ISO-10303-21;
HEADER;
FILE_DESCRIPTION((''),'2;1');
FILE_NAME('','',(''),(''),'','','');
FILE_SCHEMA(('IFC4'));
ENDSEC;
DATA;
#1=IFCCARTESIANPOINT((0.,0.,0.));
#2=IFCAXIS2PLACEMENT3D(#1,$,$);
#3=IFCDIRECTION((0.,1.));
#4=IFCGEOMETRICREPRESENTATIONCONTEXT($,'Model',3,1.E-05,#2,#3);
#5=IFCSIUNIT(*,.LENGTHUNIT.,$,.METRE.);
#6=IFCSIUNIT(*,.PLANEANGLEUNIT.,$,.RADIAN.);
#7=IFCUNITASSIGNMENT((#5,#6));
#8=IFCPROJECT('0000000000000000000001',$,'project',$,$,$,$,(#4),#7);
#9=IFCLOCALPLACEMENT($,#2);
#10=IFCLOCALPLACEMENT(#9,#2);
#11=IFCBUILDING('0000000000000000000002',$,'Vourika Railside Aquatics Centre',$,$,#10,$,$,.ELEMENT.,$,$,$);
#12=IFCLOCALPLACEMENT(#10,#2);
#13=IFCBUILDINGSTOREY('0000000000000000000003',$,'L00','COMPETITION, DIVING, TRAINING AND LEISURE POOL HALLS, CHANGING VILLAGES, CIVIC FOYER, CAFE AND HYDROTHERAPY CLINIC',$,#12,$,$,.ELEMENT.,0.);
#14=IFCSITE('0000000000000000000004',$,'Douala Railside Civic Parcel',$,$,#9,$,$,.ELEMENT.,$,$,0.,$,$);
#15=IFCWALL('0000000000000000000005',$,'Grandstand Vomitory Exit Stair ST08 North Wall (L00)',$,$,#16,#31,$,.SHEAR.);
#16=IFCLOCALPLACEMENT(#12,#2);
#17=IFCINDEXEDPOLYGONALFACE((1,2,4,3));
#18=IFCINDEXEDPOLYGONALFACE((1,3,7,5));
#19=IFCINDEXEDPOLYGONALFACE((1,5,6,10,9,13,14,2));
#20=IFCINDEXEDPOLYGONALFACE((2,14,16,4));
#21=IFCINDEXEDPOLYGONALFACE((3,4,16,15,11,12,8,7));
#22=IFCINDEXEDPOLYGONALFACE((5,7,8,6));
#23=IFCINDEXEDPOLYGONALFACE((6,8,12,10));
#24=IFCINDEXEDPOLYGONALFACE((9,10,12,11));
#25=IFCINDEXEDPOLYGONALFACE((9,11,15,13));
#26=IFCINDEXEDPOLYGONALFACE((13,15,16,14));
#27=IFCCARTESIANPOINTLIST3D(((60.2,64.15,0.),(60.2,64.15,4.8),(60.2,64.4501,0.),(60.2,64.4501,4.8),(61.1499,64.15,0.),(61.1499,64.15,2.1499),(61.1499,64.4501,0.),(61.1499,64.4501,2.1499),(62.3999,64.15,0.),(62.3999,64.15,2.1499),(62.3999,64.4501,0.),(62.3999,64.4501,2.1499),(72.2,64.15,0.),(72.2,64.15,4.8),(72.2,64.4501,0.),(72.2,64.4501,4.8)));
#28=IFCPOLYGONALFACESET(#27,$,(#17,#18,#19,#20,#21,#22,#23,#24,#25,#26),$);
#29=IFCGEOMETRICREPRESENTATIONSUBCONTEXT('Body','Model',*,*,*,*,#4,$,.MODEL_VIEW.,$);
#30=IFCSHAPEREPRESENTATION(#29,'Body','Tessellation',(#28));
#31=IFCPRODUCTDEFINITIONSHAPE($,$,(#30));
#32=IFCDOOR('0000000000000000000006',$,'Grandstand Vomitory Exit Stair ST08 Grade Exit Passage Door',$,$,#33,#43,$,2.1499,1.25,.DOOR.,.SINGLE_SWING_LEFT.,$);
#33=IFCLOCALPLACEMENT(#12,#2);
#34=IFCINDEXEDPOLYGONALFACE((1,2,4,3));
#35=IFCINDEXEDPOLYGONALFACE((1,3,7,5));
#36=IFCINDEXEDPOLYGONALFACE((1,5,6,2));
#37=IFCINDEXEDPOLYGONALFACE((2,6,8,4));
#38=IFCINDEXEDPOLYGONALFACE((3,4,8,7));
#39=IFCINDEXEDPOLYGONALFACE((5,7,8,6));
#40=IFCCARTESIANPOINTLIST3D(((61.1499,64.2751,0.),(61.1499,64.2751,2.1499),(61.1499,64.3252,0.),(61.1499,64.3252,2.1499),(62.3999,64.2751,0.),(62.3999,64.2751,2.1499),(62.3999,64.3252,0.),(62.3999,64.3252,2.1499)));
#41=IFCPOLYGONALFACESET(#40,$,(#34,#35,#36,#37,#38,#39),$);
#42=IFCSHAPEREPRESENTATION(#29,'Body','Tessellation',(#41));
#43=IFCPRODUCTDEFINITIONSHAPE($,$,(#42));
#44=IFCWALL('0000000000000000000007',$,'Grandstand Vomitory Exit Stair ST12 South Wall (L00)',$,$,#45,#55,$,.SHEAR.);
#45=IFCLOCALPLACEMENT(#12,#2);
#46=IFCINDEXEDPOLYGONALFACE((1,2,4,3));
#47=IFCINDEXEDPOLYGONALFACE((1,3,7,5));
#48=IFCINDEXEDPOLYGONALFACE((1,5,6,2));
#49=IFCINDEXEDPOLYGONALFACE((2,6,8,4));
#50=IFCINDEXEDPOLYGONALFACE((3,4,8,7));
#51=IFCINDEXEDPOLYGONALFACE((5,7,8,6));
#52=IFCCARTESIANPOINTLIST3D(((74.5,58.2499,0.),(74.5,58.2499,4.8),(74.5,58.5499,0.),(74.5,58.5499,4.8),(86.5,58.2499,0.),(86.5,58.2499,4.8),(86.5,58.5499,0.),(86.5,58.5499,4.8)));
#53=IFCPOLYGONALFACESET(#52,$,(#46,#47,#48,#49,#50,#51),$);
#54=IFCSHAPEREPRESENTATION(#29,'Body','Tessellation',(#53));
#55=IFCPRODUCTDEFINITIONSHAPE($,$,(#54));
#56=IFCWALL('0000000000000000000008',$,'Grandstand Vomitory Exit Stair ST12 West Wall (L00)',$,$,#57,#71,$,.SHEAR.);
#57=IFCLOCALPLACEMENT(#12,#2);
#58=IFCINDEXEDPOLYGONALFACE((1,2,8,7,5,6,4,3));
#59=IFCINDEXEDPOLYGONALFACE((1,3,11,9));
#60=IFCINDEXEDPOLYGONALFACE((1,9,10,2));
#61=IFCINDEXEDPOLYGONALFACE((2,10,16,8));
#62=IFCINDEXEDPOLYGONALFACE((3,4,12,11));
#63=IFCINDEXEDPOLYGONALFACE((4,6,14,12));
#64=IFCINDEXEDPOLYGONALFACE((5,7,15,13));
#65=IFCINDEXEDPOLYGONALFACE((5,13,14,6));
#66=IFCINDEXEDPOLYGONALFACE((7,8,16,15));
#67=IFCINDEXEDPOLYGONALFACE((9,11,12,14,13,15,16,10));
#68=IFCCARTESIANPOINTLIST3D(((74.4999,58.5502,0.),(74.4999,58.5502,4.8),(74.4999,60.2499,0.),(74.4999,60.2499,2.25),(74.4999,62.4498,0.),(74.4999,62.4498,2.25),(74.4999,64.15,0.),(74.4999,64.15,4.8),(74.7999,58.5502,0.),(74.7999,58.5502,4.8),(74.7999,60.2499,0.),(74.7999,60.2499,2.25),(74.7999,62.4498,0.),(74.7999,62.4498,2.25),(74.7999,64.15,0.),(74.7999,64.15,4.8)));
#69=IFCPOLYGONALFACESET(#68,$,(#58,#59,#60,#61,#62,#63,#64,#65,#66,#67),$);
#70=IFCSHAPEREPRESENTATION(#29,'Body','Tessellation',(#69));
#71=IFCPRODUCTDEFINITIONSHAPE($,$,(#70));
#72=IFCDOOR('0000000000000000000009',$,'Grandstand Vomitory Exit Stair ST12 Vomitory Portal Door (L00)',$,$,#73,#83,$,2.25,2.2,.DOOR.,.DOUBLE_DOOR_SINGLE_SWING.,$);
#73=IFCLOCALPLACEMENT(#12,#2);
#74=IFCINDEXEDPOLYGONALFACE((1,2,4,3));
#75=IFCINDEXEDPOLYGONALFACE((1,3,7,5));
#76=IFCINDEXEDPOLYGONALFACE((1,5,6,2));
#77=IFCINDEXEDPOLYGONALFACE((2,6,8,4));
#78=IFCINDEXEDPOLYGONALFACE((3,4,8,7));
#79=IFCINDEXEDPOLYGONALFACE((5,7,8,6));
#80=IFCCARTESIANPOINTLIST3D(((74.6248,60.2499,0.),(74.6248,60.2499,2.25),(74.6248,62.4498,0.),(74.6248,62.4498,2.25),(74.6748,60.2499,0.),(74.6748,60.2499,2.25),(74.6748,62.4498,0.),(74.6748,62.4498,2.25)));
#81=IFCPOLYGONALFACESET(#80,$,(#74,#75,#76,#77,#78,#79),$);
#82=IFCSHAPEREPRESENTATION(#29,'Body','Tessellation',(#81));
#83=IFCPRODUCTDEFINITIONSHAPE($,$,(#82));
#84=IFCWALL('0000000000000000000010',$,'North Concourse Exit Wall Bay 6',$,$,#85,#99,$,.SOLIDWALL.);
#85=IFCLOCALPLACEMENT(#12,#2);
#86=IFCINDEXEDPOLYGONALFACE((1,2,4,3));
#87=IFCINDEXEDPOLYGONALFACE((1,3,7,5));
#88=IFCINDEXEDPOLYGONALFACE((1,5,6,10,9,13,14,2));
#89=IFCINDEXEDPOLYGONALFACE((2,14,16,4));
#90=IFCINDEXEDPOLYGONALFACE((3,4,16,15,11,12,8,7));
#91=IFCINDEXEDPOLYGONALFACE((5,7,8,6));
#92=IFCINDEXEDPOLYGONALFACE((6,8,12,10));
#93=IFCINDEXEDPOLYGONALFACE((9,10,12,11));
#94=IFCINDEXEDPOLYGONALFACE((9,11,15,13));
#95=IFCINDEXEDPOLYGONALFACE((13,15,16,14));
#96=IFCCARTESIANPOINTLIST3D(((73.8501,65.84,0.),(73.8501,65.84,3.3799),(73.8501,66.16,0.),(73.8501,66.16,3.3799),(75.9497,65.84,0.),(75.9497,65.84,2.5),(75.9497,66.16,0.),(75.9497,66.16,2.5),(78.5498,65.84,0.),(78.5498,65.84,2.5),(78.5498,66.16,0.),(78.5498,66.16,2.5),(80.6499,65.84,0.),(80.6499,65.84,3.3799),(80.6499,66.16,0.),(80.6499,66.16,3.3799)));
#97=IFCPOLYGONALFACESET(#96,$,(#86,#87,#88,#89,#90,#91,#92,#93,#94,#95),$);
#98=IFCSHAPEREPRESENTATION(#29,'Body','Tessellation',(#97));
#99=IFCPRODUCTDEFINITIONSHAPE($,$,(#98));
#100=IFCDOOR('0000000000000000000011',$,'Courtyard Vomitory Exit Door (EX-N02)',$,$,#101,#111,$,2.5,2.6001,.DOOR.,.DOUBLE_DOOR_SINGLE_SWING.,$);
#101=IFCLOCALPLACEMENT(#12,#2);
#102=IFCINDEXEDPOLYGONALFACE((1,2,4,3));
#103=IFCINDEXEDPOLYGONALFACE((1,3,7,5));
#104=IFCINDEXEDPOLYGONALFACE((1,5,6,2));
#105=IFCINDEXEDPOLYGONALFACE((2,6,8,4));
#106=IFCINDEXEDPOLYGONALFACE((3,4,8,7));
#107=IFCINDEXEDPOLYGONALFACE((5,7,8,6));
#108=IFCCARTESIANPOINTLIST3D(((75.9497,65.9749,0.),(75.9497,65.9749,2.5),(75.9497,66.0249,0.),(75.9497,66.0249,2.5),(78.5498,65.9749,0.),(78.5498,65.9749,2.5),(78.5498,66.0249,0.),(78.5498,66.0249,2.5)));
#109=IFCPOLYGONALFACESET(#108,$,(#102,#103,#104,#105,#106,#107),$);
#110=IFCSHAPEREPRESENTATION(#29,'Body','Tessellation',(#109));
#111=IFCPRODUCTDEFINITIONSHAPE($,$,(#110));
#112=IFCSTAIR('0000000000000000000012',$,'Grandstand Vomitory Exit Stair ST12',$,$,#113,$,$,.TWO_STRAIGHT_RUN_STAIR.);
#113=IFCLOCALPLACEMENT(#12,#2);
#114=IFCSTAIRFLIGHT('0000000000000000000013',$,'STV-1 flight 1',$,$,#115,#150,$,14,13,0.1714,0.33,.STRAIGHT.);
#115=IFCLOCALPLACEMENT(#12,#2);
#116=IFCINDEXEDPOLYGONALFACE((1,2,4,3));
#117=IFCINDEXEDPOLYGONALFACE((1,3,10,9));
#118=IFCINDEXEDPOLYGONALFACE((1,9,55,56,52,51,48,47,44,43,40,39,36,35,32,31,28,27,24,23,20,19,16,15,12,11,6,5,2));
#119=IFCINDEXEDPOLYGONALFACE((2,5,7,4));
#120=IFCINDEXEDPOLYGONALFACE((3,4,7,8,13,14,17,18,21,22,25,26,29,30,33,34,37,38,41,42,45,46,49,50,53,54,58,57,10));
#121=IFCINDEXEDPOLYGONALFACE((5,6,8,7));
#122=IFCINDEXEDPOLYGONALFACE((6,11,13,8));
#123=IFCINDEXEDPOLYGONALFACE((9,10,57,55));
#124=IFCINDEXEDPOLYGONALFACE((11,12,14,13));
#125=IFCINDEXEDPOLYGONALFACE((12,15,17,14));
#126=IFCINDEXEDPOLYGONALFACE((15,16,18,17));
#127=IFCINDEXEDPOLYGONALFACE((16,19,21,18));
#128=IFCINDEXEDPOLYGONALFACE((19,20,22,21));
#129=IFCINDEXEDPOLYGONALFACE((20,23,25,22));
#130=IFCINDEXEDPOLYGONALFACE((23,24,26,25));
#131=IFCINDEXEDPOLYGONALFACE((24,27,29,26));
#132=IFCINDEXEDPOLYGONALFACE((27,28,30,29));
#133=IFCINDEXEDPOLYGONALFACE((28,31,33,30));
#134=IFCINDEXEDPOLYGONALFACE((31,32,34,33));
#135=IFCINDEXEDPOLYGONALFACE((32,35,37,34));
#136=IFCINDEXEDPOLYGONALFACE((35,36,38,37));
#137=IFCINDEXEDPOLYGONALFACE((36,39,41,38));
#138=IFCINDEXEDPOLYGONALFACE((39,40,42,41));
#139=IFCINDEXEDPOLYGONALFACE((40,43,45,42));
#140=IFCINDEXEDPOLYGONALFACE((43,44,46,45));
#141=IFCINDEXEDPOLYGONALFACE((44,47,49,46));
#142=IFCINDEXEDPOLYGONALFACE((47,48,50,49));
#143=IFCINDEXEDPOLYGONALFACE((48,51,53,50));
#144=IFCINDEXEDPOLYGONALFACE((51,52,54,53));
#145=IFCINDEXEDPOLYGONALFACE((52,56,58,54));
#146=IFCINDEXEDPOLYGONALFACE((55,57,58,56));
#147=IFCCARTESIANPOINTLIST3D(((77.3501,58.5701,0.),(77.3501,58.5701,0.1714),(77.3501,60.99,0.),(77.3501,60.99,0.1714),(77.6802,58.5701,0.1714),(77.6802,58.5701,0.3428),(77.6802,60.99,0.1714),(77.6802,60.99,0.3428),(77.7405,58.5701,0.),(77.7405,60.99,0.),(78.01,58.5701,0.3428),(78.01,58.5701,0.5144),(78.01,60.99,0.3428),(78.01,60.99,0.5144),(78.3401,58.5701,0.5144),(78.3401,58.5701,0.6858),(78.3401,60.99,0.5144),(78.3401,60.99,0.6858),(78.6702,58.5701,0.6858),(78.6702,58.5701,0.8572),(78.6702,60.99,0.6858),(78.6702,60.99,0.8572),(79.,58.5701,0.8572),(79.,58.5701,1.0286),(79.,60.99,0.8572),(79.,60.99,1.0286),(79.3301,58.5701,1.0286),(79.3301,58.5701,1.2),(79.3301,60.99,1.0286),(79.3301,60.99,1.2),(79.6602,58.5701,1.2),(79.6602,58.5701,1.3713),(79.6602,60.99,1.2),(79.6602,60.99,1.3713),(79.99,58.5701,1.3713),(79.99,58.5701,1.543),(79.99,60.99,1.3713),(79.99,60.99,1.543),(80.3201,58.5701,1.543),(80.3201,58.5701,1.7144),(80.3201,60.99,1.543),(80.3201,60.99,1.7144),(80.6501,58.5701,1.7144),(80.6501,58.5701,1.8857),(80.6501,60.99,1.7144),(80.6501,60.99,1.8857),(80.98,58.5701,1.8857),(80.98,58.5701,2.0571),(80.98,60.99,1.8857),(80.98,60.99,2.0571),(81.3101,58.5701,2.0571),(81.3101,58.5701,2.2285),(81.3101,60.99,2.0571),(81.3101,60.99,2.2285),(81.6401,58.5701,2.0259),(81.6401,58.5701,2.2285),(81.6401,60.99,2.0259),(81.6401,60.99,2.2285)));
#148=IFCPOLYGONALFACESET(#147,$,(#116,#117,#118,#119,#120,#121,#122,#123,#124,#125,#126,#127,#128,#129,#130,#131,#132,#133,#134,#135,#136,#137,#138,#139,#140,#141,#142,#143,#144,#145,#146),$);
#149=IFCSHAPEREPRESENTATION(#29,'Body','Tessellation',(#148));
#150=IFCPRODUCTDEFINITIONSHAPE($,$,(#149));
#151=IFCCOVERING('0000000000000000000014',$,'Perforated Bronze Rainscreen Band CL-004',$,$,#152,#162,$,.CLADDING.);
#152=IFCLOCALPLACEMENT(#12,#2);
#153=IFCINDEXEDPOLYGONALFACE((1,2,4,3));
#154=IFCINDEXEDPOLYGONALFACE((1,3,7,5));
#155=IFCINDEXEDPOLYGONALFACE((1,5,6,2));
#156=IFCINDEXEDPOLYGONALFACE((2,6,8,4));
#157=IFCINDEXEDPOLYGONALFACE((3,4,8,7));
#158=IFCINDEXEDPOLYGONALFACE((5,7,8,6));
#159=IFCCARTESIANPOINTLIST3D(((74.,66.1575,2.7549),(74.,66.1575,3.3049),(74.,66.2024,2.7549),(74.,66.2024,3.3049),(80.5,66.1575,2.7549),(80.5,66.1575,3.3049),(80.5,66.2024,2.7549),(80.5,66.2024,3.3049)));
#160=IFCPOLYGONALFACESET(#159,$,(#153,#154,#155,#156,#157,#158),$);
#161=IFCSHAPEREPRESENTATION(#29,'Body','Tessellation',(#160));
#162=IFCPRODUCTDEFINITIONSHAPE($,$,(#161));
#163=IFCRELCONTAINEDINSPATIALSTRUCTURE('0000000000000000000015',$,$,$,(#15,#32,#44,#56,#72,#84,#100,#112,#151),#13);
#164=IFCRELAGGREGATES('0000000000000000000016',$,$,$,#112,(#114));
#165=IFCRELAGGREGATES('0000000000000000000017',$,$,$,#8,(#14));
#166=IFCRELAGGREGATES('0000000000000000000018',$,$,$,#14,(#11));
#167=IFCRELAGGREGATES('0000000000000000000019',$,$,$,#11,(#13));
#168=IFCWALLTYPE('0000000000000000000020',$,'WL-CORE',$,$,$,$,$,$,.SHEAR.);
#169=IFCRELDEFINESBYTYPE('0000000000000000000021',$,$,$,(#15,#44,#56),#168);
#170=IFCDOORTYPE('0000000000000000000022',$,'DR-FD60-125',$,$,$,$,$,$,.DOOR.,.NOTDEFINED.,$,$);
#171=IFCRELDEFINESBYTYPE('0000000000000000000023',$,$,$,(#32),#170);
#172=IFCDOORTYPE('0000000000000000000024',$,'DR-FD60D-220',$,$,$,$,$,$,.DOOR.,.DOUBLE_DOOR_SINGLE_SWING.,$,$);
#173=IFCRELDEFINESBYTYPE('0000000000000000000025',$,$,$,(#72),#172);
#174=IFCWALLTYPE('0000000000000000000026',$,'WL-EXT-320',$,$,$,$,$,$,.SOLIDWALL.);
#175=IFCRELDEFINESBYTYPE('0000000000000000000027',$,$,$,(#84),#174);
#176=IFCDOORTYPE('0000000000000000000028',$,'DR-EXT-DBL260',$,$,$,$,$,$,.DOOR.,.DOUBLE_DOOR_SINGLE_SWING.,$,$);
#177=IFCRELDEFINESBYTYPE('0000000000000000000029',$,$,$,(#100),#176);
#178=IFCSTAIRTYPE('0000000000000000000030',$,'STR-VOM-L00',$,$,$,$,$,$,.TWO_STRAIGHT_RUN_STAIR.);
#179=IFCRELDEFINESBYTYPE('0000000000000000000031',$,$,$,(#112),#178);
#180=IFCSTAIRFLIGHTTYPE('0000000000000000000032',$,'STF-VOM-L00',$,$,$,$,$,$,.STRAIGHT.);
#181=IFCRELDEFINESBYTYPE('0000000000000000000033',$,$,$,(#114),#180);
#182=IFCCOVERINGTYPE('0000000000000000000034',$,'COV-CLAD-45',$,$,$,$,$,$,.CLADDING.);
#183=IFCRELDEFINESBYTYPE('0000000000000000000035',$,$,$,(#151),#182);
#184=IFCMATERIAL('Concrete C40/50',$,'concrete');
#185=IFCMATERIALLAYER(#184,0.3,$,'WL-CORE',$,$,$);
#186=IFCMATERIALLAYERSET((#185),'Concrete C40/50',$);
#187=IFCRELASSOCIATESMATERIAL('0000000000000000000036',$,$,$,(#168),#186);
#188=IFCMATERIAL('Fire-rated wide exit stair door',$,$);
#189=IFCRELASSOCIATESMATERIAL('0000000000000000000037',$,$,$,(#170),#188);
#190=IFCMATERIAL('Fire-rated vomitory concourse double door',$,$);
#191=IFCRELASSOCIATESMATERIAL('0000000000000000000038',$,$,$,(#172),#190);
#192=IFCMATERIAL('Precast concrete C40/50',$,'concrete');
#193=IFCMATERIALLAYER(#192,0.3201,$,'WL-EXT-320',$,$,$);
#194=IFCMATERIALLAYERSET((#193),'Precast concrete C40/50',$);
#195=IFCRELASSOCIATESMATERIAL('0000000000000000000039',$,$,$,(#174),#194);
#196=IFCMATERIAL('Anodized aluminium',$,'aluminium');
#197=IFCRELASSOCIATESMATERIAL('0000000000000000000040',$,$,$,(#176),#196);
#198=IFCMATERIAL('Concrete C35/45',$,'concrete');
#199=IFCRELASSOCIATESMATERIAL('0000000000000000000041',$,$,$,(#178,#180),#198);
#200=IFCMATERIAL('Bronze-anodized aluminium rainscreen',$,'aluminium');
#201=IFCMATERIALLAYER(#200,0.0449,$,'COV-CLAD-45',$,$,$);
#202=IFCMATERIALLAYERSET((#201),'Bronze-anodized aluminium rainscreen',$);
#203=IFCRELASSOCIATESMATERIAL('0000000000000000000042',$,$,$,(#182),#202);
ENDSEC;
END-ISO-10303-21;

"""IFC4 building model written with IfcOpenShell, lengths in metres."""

from ifc_helpers import new_model, si_unit, direction, frame, frame_2d, origin, origin_2d, place, context, subcontext, project, spatial, polyline, rectangle, outline, extrude, material, layer, layer_set, type_object, element, fill, aggregate, save


model = new_model("IFC4")

# Units and contexts
model_context = context("Model", 3, precision=1e-05, world=origin(), true_north=direction((0.0, 1.0)))
body_context = subcontext(model_context, "Body", "Model", "MODEL_VIEW")
ifc_project = project(units=[si_unit("LENGTHUNIT", "METRE"), si_unit("PLANEANGLEUNIT", "RADIAN")], contexts=[model_context])

# Site, building, storey
site_placement = place(None, origin())
site = spatial("IfcSite", under=ifc_project, at=site_placement, Name="Douala Railside Civic Parcel", CompositionType="ELEMENT", RefElevation=0.0)
building_placement = place(site_placement, origin())
building = spatial("IfcBuilding", under=site, at=building_placement, Name="Vourika Railside Aquatics Centre", CompositionType="ELEMENT")
storey_placement = place(building_placement, origin())
storey = spatial("IfcBuildingStorey", under=building, at=storey_placement, Name="L00", Description="COMPETITION, DIVING, TRAINING AND LEISURE POOL HALLS, CHANGING VILLAGES, CIVIC FOYER, CAFE AND HYDROTHERAPY CLINIC", CompositionType="ELEMENT", Elevation=0.0)

# Shared definitions
ifc_material_1 = material(Name="Concrete C40/50", Category="concrete")

# Shared definitions
ifc_material_2 = material(Name="Concrete C35/45", Category="concrete")

# Wall, opening, door
ifc_layer_1 = layer(ifc_material_1, 0.3, Name="WL-CORE")
ifc_layer_set_1 = layer_set([ifc_layer_1], Name="Concrete C40/50")
wall_type_1 = type_object("IfcWallType", Name="WL-CORE", PredefinedType="SHEAR", material=ifc_layer_set_1)
wall_1_placement = place(storey_placement, frame((72.2, 64.3, 0.0), z_axis=(0.0, 0.0, 1.0), x_axis=(-1.0, 0.0, 0.0)))
wall_1 = element("IfcWall", 1, at=wall_1_placement, inside=storey, type_object=wall_type_1, Name="Grandstand Vomitory Exit Stair ST08 North Wall (L00)", PredefinedType="SHEAR", context=body_context, shape_type="SweptSolid", body=[
    extrude(rectangle(XDim=12.0, YDim=0.3, at=frame_2d((6.0, 0.0))), origin(), (0.0, 0.0, 1.0), 4.8),
])
opening_1_placement = place(wall_1_placement, frame((9.8, 0.0, 0.0)))
opening_1 = element("IfcOpeningElement", 2, at=opening_1_placement, cuts=wall_1, PredefinedType="OPENING", context=body_context, shape_type="SweptSolid", body=[
    extrude(rectangle(XDim=1.25, YDim=2.1499, at=frame_2d((0.625, 1.075))), frame((0.0, 0.1602, 0.0), z_axis=(0.0, -1.0, 0.0), x_axis=(1.0, 0.0, 0.0)), (0.0, 0.0, 1.0), 0.3201),
])
ifc_material_3 = material(Name="Fire-rated wide exit stair door")
door_type_1 = type_object("IfcDoorType", Name="DR-FD60-125", OperationType="NOTDEFINED", PredefinedType="DOOR", material=ifc_material_3)
door_1_placement = place(opening_1_placement, origin())
door_1 = element("IfcDoor", 3, at=door_1_placement, inside=storey, type_object=door_type_1, Name="Grandstand Vomitory Exit Stair ST08 Grade Exit Passage Door", OperationType="SINGLE_SWING_LEFT", OverallHeight=2.1499, OverallWidth=1.25, PredefinedType="DOOR", context=body_context, shape_type="SweptSolid", body=[
    extrude(rectangle(XDim=1.25, YDim=2.1499, at=frame_2d((0.625, 1.075))), frame((0.0, 0.0249, 0.0), z_axis=(0.0, -1.0, 0.0), x_axis=(1.0, 0.0, 0.0)), (0.0, 0.0, 1.0), 0.05),
])
fill(opening_1, door_1)

# Wall
wall_2_placement = place(storey_placement, frame((74.5, 58.3999, 0.0), z_axis=(0.0, 0.0, 1.0), x_axis=(1.0, 0.0, 0.0)))
element("IfcWall", 4, at=wall_2_placement, inside=storey, type_object=wall_type_1, Name="Grandstand Vomitory Exit Stair ST12 South Wall (L00)", PredefinedType="SHEAR", context=body_context, shape_type="SweptSolid", body=[
    extrude(rectangle(XDim=12.0, YDim=0.3, at=frame_2d((6.0, 0.0))), origin(), (0.0, 0.0, 1.0), 4.8),
])

# Walls, openings, doors
wall_3_placement = place(storey_placement, frame((74.6499, 64.1499, 0.0), z_axis=(0.0, 0.0, 1.0), x_axis=(0.0, -1.0, 0.0)))
wall_3 = element("IfcWall", 5, at=wall_3_placement, inside=storey, type_object=wall_type_1, Name="Grandstand Vomitory Exit Stair ST12 West Wall (L00)", PredefinedType="SHEAR", context=body_context, shape_type="SweptSolid", body=[
    extrude(rectangle(XDim=5.5999, YDim=0.3, at=frame_2d((2.7998, 0.0))), origin(), (0.0, 0.0, 1.0), 4.8),
])
opening_2_placement = place(wall_3_placement, frame((1.7, 0.0, 0.0)))
opening_2 = element("IfcOpeningElement", 6, at=opening_2_placement, cuts=wall_3, PredefinedType="OPENING", context=body_context, shape_type="SweptSolid", body=[
    extrude(rectangle(XDim=2.2, YDim=2.25, at=frame_2d((1.1001, 1.125))), frame((0.0, 0.1602, 0.0), z_axis=(0.0, -1.0, 0.0), x_axis=(1.0, 0.0, 0.0)), (0.0, 0.0, 1.0), 0.3201),
])
ifc_material_4 = material(Name="Fire-rated vomitory concourse double door")
door_type_2 = type_object("IfcDoorType", Name="DR-FD60D-220", OperationType="DOUBLE_DOOR_SINGLE_SWING", PredefinedType="DOOR", material=ifc_material_4)
door_2_placement = place(opening_2_placement, origin())
door_2 = element("IfcDoor", 7, at=door_2_placement, inside=storey, type_object=door_type_2, Name="Grandstand Vomitory Exit Stair ST12 Vomitory Portal Door (L00)", OperationType="DOUBLE_DOOR_SINGLE_SWING", OverallHeight=2.25, OverallWidth=2.2, PredefinedType="DOOR", context=body_context, shape_type="SweptSolid", body=[
    extrude(rectangle(XDim=2.2, YDim=2.25, at=frame_2d((1.1001, 1.125))), frame((0.0, 0.0249, 0.0), z_axis=(0.0, -1.0, 0.0), x_axis=(1.0, 0.0, 0.0)), (0.0, 0.0, 1.0), 0.05),
])
fill(opening_2, door_2)
ifc_material_5 = material(Name="Precast concrete C40/50", Category="concrete")
ifc_layer_2 = layer(ifc_material_5, 0.3201, Name="WL-EXT-320")
ifc_layer_set_2 = layer_set([ifc_layer_2], Name="Precast concrete C40/50")
wall_type_2 = type_object("IfcWallType", Name="WL-EXT-320", PredefinedType="SOLIDWALL", material=ifc_layer_set_2)
wall_4_placement = place(storey_placement, frame((80.6499, 66.0, 0.0), z_axis=(0.0, 0.0, 1.0), x_axis=(-1.0, 0.0, 0.0)))
wall_4 = element("IfcWall", 8, at=wall_4_placement, inside=storey, type_object=wall_type_2, Name="North Concourse Exit Wall Bay 6", PredefinedType="SOLIDWALL", context=body_context, shape_type="SweptSolid", body=[
    extrude(rectangle(XDim=6.7998, YDim=0.3201, at=frame_2d((3.3999, 0.0))), origin(), (0.0, 0.0, 1.0), 3.3799),
])
opening_3_placement = place(wall_4_placement, frame((2.1001, 0.0, 0.0)))
opening_3 = element("IfcOpeningElement", 9, at=opening_3_placement, cuts=wall_4, PredefinedType="OPENING", context=body_context, shape_type="SweptSolid", body=[
    extrude(rectangle(XDim=2.6001, YDim=2.5, at=frame_2d((1.3, 1.25))), frame((0.0, 0.1699, 0.0), z_axis=(0.0, -1.0, 0.0), x_axis=(1.0, 0.0, 0.0)), (0.0, 0.0, 1.0), 0.3401),
])
ifc_material_6 = material(Name="Anodized aluminium", Category="aluminium")
door_type_3 = type_object("IfcDoorType", Name="DR-EXT-DBL260", OperationType="DOUBLE_DOOR_SINGLE_SWING", PredefinedType="DOOR", material=ifc_material_6)
door_3_placement = place(opening_3_placement, frame((2.6001, 0.0, 0.0), z_axis=(0.0, 0.0, 1.0), x_axis=(-1.0, 0.0, 0.0)))
door_3 = element("IfcDoor", 10, at=door_3_placement, inside=storey, type_object=door_type_3, Name="Courtyard Vomitory Exit Door (EX-N02)", OperationType="DOUBLE_DOOR_SINGLE_SWING", OverallHeight=2.5, OverallWidth=2.6001, PredefinedType="DOOR", context=body_context, shape_type="SweptSolid", body=[
    extrude(rectangle(XDim=2.6001, YDim=2.5, at=frame_2d((1.3, 1.25))), frame((0.0, 0.0249, 0.0), z_axis=(0.0, -1.0, 0.0), x_axis=(1.0, 0.0, 0.0)), (0.0, 0.0, 1.0), 0.05),
])
fill(opening_3, door_3)

# Stair, stair flight
stair_type = type_object("IfcStairType", Name="STR-VOM-L00", PredefinedType="TWO_STRAIGHT_RUN_STAIR", material=ifc_material_2)
stair_placement = place(storey_placement, origin())
stair = element("IfcStair", 11, at=stair_placement, inside=storey, type_object=stair_type, Name="Grandstand Vomitory Exit Stair ST12", PredefinedType="TWO_STRAIGHT_RUN_STAIR")
stair_flight_type = type_object("IfcStairFlightType", Name="STF-VOM-L00", PredefinedType="STRAIGHT", material=ifc_material_2)
stair_flight_placement = place(storey_placement, frame((77.3501, 59.78, 0.0), z_axis=(0.0, 0.0, 1.0), x_axis=(1.0, 0.0, 0.0)))
stair_flight = element("IfcStairFlight", 12, at=stair_flight_placement, type_object=stair_flight_type, Name="STV-1 flight 1", NumberOfRisers=14, NumberOfTreads=13, PredefinedType="STRAIGHT", RiserHeight=0.1714, TreadLength=0.33, context=body_context, shape_type="SweptSolid", body=[
    extrude(outline(polyline([(0.0, 0.0), (0.0, 0.1714), (0.3301, 0.1714), (0.3301, 0.3428), (0.6599, 0.3428), (0.6599, 0.5144), (0.99, 0.5144), (0.99, 0.6858), (1.3201, 0.6858), (1.3201, 0.8572), (1.6499, 0.8572), (1.6499, 1.0286), (1.98, 1.0286), (1.98, 1.2), (2.3101, 1.2), (2.3101, 1.3713), (2.6399, 1.3713), (2.6399, 1.543), (2.97, 1.543), (2.97, 1.7144), (3.3, 1.7144), (3.3, 1.8857), (3.6299, 1.8857), (3.6299, 2.0571), (3.96, 2.0571), (3.96, 2.2285), (4.29, 2.2285), (4.29, 2.3999), (4.29, 2.0259), (0.3904, 0.0), (0.0, 0.0)])), frame((0.0, 1.21, 0.0), z_axis=(0.0, -1.0, 0.0), x_axis=(1.0, 0.0, 0.0)), (0.0, 0.0, 1.0), 2.4199),
])
aggregate(stair, [stair_flight])

# Covering
ifc_material_7 = material(Name="Bronze-anodized aluminium rainscreen", Category="aluminium")
ifc_layer_3 = layer(ifc_material_7, 0.0449, Name="COV-CLAD-45")
ifc_layer_set_3 = layer_set([ifc_layer_3], Name="Bronze-anodized aluminium rainscreen")
covering_type = type_object("IfcCoveringType", Name="COV-CLAD-45", PredefinedType="CLADDING", material=ifc_layer_set_3)
covering_placement = place(storey_placement, frame((77.25, 66.1799, 2.7549), z_axis=(0.0, 0.0, 1.0), x_axis=(-1.0, 0.0, 0.0)))
element("IfcCovering", 13, at=covering_placement, inside=storey, type_object=covering_type, Name="Perforated Bronze Rainscreen Band CL-004", PredefinedType="CLADDING", context=body_context, shape_type="SweptSolid", body=[
    extrude(rectangle(XDim=6.5, YDim=0.0449, at=origin_2d()), origin(), (0.0, 0.0, 1.0), 0.55),
])

save(model, "model.ifc")
